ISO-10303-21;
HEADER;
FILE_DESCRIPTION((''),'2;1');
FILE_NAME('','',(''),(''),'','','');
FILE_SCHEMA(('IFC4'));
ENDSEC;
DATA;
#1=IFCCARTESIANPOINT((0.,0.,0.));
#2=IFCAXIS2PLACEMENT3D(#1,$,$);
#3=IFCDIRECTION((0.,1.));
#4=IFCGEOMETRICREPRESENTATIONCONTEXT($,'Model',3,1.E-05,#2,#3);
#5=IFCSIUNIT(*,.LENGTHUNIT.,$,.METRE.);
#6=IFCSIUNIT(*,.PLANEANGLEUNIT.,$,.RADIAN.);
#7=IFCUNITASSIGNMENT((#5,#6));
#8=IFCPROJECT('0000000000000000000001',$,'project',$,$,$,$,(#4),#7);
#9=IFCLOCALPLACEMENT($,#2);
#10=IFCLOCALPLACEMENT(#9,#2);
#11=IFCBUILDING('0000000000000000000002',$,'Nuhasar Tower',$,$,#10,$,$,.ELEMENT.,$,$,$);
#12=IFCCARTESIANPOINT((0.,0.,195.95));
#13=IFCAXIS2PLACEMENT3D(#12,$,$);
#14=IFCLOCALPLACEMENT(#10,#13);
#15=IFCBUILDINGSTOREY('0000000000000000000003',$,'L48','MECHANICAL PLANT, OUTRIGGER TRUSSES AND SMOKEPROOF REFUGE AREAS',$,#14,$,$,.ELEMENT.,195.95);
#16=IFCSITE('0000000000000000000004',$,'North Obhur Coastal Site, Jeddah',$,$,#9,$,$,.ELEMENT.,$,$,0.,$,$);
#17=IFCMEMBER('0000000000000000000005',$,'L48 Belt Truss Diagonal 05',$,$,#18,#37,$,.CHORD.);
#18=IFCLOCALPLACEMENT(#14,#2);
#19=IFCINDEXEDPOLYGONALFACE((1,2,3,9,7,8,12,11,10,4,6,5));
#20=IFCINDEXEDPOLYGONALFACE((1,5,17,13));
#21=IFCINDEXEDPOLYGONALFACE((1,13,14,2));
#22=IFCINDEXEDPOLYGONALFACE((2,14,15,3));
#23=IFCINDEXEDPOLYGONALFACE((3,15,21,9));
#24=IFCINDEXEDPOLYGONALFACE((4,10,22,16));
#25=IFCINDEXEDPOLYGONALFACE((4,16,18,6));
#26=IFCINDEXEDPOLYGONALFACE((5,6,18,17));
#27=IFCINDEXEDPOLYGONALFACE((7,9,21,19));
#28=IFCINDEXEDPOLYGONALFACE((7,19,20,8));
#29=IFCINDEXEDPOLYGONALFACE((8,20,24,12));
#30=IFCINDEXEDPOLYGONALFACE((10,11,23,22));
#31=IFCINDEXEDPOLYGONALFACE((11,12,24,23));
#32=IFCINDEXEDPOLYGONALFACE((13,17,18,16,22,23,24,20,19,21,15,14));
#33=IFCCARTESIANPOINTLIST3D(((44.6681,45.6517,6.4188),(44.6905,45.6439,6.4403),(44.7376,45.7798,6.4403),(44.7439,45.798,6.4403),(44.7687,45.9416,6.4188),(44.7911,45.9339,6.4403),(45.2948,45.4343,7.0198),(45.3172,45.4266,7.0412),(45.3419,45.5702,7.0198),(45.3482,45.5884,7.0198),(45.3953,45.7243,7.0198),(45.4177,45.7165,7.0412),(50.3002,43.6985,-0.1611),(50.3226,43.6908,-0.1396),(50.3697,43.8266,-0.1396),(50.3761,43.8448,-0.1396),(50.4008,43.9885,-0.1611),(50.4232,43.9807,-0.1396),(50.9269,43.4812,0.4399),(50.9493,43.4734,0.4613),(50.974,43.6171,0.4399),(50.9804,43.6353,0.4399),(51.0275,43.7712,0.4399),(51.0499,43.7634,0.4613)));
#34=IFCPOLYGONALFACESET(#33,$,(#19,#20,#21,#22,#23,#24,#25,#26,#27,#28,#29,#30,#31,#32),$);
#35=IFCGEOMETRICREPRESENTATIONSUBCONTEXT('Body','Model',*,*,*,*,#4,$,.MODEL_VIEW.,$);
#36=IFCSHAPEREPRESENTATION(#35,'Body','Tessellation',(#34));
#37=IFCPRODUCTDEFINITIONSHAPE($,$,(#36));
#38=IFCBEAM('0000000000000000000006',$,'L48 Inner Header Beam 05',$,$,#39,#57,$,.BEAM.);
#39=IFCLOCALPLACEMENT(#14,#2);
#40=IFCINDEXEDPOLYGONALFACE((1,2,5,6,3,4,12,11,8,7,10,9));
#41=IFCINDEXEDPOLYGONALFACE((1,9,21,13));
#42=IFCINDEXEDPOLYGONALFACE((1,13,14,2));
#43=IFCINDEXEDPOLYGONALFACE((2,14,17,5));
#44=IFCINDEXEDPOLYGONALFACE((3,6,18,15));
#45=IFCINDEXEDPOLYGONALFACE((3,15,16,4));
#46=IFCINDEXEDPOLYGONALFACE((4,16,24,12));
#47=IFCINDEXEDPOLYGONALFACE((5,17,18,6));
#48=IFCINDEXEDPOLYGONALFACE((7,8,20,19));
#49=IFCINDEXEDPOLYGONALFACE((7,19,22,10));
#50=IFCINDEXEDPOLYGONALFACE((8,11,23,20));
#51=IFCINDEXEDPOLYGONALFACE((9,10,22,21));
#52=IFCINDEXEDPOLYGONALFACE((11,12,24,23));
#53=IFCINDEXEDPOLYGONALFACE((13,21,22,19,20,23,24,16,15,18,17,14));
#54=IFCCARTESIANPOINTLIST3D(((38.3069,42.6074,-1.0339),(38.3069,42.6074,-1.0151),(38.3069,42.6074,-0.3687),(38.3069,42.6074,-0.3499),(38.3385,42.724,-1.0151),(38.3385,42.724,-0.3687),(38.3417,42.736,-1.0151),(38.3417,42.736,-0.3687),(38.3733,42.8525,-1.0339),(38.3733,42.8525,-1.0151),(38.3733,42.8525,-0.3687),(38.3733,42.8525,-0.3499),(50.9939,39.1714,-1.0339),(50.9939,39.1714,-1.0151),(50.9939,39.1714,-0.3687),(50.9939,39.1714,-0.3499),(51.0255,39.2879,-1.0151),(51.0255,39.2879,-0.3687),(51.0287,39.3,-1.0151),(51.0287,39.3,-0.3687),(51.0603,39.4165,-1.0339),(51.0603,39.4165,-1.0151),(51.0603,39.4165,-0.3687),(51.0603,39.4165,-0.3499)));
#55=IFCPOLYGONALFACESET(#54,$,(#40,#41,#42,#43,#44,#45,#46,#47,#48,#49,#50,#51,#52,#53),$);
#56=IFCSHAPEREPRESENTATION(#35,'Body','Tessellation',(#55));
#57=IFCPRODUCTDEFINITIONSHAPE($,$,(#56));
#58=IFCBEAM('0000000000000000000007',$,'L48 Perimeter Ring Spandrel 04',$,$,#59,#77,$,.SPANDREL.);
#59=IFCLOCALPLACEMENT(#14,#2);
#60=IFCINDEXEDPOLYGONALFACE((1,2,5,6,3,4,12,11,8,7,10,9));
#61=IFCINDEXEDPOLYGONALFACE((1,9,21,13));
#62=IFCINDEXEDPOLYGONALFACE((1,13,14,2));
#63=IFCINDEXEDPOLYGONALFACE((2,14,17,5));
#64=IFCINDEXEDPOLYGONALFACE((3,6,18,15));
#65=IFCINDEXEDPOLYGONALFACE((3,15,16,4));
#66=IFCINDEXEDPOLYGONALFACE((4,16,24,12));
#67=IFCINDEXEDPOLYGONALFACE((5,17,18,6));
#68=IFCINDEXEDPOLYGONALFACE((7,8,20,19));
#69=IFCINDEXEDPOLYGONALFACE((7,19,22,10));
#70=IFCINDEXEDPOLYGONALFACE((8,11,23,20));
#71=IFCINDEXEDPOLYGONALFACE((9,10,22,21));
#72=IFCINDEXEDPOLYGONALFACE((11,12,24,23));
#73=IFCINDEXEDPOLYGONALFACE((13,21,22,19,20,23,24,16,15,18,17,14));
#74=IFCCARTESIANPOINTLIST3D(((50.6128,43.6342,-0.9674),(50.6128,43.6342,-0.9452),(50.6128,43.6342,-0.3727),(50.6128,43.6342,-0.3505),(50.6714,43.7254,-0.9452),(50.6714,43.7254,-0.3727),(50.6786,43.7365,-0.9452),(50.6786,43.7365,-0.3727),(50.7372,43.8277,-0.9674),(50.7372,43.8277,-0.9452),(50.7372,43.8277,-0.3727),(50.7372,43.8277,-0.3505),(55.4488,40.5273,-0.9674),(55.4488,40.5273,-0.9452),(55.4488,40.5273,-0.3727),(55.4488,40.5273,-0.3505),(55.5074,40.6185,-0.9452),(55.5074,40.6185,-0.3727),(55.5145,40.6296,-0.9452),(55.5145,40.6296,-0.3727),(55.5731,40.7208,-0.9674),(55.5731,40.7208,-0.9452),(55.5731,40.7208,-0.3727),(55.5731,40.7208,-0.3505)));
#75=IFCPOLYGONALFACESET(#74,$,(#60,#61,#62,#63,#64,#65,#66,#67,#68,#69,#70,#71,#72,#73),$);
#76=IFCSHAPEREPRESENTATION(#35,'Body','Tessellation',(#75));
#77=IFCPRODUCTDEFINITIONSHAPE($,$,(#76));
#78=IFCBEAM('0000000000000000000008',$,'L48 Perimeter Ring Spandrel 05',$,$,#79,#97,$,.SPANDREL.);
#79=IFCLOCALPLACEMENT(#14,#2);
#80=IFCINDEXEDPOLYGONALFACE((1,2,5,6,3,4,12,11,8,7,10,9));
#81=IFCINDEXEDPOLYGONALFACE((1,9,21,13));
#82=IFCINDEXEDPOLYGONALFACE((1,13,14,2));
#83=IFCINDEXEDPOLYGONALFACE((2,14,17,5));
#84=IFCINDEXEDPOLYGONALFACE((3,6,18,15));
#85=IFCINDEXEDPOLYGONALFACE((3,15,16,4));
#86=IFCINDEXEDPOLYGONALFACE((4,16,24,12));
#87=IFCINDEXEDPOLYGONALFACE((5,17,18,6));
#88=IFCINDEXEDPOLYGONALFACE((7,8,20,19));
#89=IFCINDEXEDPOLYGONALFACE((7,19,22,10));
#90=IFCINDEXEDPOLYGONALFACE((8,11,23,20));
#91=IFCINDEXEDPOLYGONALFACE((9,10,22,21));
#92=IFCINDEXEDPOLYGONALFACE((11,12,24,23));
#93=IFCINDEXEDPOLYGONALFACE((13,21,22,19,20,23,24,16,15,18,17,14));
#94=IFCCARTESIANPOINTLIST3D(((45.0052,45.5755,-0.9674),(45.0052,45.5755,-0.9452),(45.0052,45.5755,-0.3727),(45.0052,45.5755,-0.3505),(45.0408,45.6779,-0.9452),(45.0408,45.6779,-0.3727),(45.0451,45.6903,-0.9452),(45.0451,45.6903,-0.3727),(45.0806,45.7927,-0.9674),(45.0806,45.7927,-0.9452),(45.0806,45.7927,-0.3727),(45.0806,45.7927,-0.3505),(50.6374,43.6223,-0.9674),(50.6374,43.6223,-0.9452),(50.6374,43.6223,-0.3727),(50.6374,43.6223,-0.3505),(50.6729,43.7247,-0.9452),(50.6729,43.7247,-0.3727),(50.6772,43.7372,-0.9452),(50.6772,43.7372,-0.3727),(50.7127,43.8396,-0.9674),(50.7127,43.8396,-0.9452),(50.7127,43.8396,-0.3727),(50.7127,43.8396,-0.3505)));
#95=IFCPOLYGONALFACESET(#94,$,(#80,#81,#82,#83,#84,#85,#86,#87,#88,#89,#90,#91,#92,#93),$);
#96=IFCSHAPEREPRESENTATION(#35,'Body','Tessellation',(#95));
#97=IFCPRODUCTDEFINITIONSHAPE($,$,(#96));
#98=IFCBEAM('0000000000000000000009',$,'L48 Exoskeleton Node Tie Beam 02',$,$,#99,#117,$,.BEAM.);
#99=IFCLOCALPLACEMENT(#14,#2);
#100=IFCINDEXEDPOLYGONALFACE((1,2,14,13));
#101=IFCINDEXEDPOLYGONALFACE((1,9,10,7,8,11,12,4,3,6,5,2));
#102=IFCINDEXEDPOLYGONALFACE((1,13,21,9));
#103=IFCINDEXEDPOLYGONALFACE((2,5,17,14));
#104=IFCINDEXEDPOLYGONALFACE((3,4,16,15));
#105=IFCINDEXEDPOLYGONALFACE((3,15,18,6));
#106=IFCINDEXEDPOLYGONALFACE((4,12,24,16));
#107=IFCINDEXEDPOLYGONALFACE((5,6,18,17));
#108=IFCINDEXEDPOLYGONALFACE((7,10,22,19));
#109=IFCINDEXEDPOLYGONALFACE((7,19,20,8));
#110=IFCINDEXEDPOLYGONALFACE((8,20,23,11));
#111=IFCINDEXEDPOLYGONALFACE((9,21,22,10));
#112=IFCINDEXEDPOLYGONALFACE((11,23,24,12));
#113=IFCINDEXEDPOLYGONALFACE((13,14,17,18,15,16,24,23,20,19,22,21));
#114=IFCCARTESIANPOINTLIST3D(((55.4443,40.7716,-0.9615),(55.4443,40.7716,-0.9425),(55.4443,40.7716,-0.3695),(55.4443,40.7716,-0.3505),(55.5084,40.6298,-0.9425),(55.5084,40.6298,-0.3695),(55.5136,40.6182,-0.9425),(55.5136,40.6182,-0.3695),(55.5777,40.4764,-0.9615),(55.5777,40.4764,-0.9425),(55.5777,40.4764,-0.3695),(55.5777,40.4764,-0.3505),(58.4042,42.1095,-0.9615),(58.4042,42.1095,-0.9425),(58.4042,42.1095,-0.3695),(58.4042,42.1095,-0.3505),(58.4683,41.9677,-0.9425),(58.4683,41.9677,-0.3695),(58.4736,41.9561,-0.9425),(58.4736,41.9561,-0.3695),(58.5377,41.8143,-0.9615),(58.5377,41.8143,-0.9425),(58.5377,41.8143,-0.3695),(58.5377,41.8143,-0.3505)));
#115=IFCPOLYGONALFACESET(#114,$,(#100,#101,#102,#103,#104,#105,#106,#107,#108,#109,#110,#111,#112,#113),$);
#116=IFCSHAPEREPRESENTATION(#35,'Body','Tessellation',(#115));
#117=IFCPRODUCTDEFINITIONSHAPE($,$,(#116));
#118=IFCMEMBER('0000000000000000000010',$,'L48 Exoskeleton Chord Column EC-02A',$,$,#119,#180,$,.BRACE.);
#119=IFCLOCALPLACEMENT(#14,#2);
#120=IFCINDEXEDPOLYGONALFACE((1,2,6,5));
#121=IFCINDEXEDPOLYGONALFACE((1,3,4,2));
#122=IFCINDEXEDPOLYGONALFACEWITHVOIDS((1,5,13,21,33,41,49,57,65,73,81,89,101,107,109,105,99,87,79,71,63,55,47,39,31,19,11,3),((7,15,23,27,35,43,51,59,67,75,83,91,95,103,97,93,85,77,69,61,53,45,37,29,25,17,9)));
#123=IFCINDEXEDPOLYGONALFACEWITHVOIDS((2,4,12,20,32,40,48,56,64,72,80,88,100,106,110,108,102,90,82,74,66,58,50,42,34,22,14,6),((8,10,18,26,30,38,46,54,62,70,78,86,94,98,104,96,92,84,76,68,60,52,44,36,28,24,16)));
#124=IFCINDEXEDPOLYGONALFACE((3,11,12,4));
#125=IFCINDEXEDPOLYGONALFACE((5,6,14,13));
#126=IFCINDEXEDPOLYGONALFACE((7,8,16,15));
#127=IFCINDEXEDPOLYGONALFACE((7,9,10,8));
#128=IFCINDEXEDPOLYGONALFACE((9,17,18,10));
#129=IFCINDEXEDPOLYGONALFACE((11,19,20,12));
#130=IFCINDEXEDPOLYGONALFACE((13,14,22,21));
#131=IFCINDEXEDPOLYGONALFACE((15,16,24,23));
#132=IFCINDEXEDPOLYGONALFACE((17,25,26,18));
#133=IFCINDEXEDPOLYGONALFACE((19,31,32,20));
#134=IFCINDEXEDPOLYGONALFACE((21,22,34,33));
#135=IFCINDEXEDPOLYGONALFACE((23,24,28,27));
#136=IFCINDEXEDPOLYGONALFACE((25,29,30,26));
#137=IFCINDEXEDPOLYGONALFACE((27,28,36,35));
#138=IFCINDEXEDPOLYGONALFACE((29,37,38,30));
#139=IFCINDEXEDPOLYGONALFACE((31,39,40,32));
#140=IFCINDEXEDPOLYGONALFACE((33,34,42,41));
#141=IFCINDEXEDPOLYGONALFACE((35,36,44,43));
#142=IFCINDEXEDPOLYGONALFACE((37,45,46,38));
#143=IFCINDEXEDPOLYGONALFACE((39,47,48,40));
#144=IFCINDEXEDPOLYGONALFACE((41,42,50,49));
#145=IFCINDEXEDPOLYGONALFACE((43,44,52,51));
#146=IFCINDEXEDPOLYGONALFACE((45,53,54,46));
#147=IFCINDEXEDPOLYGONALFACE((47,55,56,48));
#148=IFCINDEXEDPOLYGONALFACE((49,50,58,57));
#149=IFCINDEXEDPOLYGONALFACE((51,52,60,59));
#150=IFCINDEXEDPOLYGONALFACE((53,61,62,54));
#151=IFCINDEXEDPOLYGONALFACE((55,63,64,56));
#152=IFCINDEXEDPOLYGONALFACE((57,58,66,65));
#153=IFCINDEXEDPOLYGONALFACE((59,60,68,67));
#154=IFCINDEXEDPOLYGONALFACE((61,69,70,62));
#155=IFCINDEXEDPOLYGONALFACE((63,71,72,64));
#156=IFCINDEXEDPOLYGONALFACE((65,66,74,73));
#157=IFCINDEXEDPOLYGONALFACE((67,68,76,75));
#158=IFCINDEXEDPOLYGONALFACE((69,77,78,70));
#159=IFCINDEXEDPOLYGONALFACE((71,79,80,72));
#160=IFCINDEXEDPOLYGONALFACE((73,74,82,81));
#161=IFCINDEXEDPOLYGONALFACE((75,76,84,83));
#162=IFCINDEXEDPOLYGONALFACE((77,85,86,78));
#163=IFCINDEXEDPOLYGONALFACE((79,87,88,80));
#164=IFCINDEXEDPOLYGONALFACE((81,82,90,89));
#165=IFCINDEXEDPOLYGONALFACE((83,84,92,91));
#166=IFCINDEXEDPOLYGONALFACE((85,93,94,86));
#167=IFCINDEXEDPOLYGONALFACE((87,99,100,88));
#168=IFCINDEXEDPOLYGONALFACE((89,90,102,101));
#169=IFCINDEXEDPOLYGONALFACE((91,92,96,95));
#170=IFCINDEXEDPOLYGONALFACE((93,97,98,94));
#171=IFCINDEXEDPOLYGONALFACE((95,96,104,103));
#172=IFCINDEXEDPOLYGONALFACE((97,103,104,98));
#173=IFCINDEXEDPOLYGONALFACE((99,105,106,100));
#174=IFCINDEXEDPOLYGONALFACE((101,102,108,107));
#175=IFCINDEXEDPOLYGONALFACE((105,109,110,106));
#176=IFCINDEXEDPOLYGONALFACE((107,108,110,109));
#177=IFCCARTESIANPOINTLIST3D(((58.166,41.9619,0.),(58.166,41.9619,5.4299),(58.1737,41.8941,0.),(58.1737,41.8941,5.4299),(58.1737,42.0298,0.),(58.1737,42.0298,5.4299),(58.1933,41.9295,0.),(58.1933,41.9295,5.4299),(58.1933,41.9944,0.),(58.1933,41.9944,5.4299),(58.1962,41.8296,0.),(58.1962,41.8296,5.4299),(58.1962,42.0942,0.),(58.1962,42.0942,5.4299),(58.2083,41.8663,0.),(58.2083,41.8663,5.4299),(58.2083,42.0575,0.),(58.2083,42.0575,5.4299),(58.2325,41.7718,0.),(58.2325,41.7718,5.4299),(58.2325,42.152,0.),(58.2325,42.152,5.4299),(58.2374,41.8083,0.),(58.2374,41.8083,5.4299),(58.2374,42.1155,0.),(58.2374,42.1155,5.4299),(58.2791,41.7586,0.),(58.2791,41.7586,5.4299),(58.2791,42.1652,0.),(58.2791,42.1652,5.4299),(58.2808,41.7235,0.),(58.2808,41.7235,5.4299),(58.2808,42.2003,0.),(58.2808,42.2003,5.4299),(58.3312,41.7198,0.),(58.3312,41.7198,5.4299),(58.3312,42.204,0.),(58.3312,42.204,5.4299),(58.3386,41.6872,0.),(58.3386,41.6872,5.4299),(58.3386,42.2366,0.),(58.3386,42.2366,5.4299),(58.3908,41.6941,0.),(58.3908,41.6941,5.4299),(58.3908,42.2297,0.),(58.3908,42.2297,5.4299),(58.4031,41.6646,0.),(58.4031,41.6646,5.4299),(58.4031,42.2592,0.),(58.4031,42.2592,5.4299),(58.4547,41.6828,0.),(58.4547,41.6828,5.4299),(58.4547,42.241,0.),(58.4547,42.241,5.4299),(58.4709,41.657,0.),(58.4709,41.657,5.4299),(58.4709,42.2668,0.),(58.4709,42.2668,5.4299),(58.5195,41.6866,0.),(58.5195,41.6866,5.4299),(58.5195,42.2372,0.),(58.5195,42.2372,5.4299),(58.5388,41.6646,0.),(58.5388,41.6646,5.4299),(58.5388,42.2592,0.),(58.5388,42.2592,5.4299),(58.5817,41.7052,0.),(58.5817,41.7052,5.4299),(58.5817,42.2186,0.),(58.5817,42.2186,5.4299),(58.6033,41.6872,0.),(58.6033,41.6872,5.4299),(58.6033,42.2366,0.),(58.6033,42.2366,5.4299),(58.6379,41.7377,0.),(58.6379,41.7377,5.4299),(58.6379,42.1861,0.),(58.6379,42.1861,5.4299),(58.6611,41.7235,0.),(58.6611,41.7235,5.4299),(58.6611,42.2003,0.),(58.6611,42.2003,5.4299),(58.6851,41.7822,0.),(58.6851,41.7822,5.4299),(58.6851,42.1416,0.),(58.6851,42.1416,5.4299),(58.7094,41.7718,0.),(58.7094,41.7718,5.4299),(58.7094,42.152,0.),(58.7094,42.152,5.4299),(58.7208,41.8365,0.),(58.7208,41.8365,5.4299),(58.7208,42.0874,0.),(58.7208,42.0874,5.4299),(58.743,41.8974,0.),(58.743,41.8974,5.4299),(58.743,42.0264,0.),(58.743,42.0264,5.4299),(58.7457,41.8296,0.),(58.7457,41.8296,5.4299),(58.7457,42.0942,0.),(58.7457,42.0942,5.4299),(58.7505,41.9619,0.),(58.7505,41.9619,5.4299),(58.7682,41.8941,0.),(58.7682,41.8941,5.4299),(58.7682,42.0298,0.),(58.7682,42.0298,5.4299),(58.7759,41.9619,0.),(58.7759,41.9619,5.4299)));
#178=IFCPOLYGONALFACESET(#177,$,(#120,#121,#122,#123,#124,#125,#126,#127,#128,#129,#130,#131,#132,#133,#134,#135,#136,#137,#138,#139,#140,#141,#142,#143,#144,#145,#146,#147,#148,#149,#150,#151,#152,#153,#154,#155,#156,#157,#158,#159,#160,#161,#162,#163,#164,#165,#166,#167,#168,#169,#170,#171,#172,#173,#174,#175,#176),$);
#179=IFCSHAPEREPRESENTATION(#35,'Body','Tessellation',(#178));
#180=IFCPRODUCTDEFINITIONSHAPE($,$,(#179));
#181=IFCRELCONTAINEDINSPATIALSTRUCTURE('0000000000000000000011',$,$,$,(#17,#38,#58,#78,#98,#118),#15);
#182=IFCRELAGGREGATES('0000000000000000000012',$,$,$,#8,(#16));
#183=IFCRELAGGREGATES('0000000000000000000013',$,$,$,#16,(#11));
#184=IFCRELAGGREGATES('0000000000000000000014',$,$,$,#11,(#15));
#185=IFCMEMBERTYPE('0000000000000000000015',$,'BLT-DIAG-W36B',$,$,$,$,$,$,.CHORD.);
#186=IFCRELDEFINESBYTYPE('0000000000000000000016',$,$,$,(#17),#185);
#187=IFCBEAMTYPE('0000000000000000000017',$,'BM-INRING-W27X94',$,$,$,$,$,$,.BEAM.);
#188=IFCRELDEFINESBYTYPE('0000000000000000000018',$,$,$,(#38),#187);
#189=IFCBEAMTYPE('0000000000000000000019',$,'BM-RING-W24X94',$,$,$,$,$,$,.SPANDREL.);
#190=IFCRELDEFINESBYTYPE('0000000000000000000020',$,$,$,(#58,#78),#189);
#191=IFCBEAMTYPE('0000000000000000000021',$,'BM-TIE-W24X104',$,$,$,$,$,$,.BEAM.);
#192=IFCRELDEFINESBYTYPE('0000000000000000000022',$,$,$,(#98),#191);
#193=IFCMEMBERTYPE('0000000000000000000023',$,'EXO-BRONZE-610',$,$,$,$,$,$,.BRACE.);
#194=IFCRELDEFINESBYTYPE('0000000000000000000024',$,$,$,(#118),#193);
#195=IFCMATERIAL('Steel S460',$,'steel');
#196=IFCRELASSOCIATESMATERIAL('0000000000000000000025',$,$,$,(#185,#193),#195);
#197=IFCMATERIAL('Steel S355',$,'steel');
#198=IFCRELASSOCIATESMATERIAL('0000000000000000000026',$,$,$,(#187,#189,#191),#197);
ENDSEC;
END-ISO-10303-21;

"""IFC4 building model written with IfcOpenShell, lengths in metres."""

from ifc_helpers import new_model, si_unit, direction, frame, origin, origin_2d, place, context, subcontext, project, spatial, hollow_circle, i_section, extrude, material, material_profile, profile_set, type_object, element, save


model = new_model("IFC4")

# Units and contexts
model_context = context("Model", 3, precision=1e-05, world=origin(), true_north=direction((0.0, 1.0)))
body_context = subcontext(model_context, "Body", "Model", "MODEL_VIEW")
ifc_project = project(units=[si_unit("LENGTHUNIT", "METRE"), si_unit("PLANEANGLEUNIT", "RADIAN")], contexts=[model_context])

# Site, building, storey
site_placement = place(None, origin())
site = spatial("IfcSite", under=ifc_project, at=site_placement, Name="North Obhur Coastal Site, Jeddah", CompositionType="ELEMENT", RefElevation=0.0)
building_placement = place(site_placement, origin())
building = spatial("IfcBuilding", under=site, at=building_placement, Name="Nuhasar Tower", CompositionType="ELEMENT")
storey_placement = place(building_placement, frame((0.0, 0.0, 195.95)))
storey = spatial("IfcBuildingStorey", under=building, at=storey_placement, Name="L48", Description="MECHANICAL PLANT, OUTRIGGER TRUSSES AND SMOKEPROOF REFUGE AREAS", CompositionType="ELEMENT", Elevation=195.95)

# Member
ifc_material_1 = material(Name="Steel S460", Category="steel")
ifc_material_profile_1 = material_profile(ifc_material_1, i_section(OverallWidth=0.3069, OverallDepth=0.927, WebThickness=0.0193, FlangeThickness=0.032, at=origin_2d()), Name="W36X194")
ifc_profile_set_1 = profile_set([ifc_material_profile_1], Name="Steel S460")
member_type_1 = type_object("IfcMemberType", Name="BLT-DIAG-W36B", PredefinedType="CHORD", material=ifc_profile_set_1)
member_1_placement = place(storey_placement, frame((50.675, 43.731, 0.1501), z_axis=(-0.634344, 0.219982, 0.741091), x_axis=(-0.327644, -0.944801, 0.0)))
element("IfcMember", 1, at=member_1_placement, inside=storey, type_object=member_type_1, Name="L48 Belt Truss Diagonal 05", PredefinedType="CHORD", context=body_context, shape_type="SweptSolid", body=[
    extrude(i_section(OverallWidth=0.3069, OverallDepth=0.927, WebThickness=0.0193, FlangeThickness=0.032, at=origin_2d()), origin(), (0.0, 0.0, 1.0), 8.8787),
])

# Beams
ifc_material_2 = material(Name="Steel S355", Category="steel")
ifc_material_profile_2 = material_profile(ifc_material_2, i_section(OverallWidth=0.2539, OverallDepth=0.6841, WebThickness=0.0125, FlangeThickness=0.0188, at=origin_2d()), Name="W27X94")
ifc_profile_set_2 = profile_set([ifc_material_profile_2], Name="Steel S355")
beam_type_1 = type_object("IfcBeamType", Name="BM-INRING-W27X94", PredefinedType="BEAM", material=ifc_profile_set_2)
beam_1_placement = place(storey_placement, frame((51.0271, 39.2939, -0.6919), z_axis=(-0.965227, 0.261413, 0.0), x_axis=(-0.261413, -0.965227, 0.0)))
element("IfcBeam", 2, at=beam_1_placement, inside=storey, type_object=beam_type_1, Name="L48 Inner Header Beam 05", PredefinedType="BEAM", context=body_context, shape_type="SweptSolid", body=[
    extrude(i_section(OverallWidth=0.2539, OverallDepth=0.6841, WebThickness=0.0125, FlangeThickness=0.0188, at=origin_2d()), origin(), (0.0, 0.0, 1.0), 13.144),
])
ifc_material_profile_3 = material_profile(ifc_material_2, i_section(OverallWidth=0.23, OverallDepth=0.6169, WebThickness=0.0132, FlangeThickness=0.0222, at=origin_2d()), Name="W24X94")
ifc_profile_set_3 = profile_set([ifc_material_profile_3], Name="Steel S355")
beam_type_2 = type_object("IfcBeamType", Name="BM-RING-W24X94", PredefinedType="SPANDREL", material=ifc_profile_set_3)
beam_2_placement = place(storey_placement, frame((55.511, 40.624, -0.6589), z_axis=(-0.841327, 0.540526, 0.0), x_axis=(-0.540526, -0.841327, 0.0)))
element("IfcBeam", 3, at=beam_2_placement, inside=storey, type_object=beam_type_2, Name="L48 Perimeter Ring Spandrel 04", PredefinedType="SPANDREL", context=body_context, shape_type="SweptSolid", body=[
    extrude(i_section(OverallWidth=0.23, OverallDepth=0.6169, WebThickness=0.0132, FlangeThickness=0.0222, at=origin_2d()), origin(), (0.0, 0.0, 1.0), 5.748),
])
beam_3_placement = place(storey_placement, frame((50.675, 43.731, -0.6589), z_axis=(-0.944801, 0.327644, 0.0), x_axis=(-0.327644, -0.944801, 0.0)))
element("IfcBeam", 4, at=beam_3_placement, inside=storey, type_object=beam_type_2, Name="L48 Perimeter Ring Spandrel 05", PredefinedType="SPANDREL", context=body_context, shape_type="SweptSolid", body=[
    extrude(i_section(OverallWidth=0.23, OverallDepth=0.6169, WebThickness=0.0132, FlangeThickness=0.0222, at=origin_2d()), origin(), (0.0, 0.0, 1.0), 5.9612),
])
ifc_material_profile_4 = material_profile(ifc_material_2, i_section(OverallWidth=0.324, OverallDepth=0.6111, WebThickness=0.0127, FlangeThickness=0.019, at=origin_2d()), Name="W24X104")
ifc_profile_set_4 = profile_set([ifc_material_profile_4], Name="Steel S355")
beam_type_3 = type_object("IfcBeamType", Name="BM-TIE-W24X104", PredefinedType="BEAM", material=ifc_profile_set_4)
beam_4_placement = place(storey_placement, frame((55.511, 40.624, -0.656), z_axis=(0.91124, 0.411877, 0.0), x_axis=(-0.411877, 0.91124, 0.0)))
element("IfcBeam", 5, at=beam_4_placement, inside=storey, type_object=beam_type_3, Name="L48 Exoskeleton Node Tie Beam 02", PredefinedType="BEAM", context=body_context, shape_type="SweptSolid", body=[
    extrude(i_section(OverallWidth=0.324, OverallDepth=0.6111, WebThickness=0.0127, FlangeThickness=0.019, at=origin_2d()), origin(), (0.0, 0.0, 1.0), 3.2483),
])

# Member
ifc_material_profile_5 = material_profile(ifc_material_1, hollow_circle(Radius=0.3049, WallThickness=0.0254, at=origin_2d()), Name="HSS610X25.4")
ifc_profile_set_5 = profile_set([ifc_material_profile_5], Name="Steel S460")
member_type_2 = type_object("IfcMemberType", Name="EXO-BRONZE-610", PredefinedType="BRACE", material=ifc_profile_set_5)
for number, where, z_axis, x_axis, name in (
    (6, (58.4709, 41.9619, 0.0), (0.0, 0.0, 1.0), (1.0, 0.0, 0.0), "L48 Exoskeleton Chord Column EC-02A"),
):
    element("IfcMember", number, at=place(storey_placement, frame(where, z_axis=z_axis, x_axis=x_axis)), inside=storey, type_object=member_type_2, Name=name, PredefinedType="BRACE", context=body_context, shape_type="SweptSolid", body=[
        extrude(hollow_circle(Radius=0.3049, WallThickness=0.0254, at=origin_2d()), origin(), (0.0, 0.0, 1.0), 5.4299),
    ])

save(model, "model.ifc")
